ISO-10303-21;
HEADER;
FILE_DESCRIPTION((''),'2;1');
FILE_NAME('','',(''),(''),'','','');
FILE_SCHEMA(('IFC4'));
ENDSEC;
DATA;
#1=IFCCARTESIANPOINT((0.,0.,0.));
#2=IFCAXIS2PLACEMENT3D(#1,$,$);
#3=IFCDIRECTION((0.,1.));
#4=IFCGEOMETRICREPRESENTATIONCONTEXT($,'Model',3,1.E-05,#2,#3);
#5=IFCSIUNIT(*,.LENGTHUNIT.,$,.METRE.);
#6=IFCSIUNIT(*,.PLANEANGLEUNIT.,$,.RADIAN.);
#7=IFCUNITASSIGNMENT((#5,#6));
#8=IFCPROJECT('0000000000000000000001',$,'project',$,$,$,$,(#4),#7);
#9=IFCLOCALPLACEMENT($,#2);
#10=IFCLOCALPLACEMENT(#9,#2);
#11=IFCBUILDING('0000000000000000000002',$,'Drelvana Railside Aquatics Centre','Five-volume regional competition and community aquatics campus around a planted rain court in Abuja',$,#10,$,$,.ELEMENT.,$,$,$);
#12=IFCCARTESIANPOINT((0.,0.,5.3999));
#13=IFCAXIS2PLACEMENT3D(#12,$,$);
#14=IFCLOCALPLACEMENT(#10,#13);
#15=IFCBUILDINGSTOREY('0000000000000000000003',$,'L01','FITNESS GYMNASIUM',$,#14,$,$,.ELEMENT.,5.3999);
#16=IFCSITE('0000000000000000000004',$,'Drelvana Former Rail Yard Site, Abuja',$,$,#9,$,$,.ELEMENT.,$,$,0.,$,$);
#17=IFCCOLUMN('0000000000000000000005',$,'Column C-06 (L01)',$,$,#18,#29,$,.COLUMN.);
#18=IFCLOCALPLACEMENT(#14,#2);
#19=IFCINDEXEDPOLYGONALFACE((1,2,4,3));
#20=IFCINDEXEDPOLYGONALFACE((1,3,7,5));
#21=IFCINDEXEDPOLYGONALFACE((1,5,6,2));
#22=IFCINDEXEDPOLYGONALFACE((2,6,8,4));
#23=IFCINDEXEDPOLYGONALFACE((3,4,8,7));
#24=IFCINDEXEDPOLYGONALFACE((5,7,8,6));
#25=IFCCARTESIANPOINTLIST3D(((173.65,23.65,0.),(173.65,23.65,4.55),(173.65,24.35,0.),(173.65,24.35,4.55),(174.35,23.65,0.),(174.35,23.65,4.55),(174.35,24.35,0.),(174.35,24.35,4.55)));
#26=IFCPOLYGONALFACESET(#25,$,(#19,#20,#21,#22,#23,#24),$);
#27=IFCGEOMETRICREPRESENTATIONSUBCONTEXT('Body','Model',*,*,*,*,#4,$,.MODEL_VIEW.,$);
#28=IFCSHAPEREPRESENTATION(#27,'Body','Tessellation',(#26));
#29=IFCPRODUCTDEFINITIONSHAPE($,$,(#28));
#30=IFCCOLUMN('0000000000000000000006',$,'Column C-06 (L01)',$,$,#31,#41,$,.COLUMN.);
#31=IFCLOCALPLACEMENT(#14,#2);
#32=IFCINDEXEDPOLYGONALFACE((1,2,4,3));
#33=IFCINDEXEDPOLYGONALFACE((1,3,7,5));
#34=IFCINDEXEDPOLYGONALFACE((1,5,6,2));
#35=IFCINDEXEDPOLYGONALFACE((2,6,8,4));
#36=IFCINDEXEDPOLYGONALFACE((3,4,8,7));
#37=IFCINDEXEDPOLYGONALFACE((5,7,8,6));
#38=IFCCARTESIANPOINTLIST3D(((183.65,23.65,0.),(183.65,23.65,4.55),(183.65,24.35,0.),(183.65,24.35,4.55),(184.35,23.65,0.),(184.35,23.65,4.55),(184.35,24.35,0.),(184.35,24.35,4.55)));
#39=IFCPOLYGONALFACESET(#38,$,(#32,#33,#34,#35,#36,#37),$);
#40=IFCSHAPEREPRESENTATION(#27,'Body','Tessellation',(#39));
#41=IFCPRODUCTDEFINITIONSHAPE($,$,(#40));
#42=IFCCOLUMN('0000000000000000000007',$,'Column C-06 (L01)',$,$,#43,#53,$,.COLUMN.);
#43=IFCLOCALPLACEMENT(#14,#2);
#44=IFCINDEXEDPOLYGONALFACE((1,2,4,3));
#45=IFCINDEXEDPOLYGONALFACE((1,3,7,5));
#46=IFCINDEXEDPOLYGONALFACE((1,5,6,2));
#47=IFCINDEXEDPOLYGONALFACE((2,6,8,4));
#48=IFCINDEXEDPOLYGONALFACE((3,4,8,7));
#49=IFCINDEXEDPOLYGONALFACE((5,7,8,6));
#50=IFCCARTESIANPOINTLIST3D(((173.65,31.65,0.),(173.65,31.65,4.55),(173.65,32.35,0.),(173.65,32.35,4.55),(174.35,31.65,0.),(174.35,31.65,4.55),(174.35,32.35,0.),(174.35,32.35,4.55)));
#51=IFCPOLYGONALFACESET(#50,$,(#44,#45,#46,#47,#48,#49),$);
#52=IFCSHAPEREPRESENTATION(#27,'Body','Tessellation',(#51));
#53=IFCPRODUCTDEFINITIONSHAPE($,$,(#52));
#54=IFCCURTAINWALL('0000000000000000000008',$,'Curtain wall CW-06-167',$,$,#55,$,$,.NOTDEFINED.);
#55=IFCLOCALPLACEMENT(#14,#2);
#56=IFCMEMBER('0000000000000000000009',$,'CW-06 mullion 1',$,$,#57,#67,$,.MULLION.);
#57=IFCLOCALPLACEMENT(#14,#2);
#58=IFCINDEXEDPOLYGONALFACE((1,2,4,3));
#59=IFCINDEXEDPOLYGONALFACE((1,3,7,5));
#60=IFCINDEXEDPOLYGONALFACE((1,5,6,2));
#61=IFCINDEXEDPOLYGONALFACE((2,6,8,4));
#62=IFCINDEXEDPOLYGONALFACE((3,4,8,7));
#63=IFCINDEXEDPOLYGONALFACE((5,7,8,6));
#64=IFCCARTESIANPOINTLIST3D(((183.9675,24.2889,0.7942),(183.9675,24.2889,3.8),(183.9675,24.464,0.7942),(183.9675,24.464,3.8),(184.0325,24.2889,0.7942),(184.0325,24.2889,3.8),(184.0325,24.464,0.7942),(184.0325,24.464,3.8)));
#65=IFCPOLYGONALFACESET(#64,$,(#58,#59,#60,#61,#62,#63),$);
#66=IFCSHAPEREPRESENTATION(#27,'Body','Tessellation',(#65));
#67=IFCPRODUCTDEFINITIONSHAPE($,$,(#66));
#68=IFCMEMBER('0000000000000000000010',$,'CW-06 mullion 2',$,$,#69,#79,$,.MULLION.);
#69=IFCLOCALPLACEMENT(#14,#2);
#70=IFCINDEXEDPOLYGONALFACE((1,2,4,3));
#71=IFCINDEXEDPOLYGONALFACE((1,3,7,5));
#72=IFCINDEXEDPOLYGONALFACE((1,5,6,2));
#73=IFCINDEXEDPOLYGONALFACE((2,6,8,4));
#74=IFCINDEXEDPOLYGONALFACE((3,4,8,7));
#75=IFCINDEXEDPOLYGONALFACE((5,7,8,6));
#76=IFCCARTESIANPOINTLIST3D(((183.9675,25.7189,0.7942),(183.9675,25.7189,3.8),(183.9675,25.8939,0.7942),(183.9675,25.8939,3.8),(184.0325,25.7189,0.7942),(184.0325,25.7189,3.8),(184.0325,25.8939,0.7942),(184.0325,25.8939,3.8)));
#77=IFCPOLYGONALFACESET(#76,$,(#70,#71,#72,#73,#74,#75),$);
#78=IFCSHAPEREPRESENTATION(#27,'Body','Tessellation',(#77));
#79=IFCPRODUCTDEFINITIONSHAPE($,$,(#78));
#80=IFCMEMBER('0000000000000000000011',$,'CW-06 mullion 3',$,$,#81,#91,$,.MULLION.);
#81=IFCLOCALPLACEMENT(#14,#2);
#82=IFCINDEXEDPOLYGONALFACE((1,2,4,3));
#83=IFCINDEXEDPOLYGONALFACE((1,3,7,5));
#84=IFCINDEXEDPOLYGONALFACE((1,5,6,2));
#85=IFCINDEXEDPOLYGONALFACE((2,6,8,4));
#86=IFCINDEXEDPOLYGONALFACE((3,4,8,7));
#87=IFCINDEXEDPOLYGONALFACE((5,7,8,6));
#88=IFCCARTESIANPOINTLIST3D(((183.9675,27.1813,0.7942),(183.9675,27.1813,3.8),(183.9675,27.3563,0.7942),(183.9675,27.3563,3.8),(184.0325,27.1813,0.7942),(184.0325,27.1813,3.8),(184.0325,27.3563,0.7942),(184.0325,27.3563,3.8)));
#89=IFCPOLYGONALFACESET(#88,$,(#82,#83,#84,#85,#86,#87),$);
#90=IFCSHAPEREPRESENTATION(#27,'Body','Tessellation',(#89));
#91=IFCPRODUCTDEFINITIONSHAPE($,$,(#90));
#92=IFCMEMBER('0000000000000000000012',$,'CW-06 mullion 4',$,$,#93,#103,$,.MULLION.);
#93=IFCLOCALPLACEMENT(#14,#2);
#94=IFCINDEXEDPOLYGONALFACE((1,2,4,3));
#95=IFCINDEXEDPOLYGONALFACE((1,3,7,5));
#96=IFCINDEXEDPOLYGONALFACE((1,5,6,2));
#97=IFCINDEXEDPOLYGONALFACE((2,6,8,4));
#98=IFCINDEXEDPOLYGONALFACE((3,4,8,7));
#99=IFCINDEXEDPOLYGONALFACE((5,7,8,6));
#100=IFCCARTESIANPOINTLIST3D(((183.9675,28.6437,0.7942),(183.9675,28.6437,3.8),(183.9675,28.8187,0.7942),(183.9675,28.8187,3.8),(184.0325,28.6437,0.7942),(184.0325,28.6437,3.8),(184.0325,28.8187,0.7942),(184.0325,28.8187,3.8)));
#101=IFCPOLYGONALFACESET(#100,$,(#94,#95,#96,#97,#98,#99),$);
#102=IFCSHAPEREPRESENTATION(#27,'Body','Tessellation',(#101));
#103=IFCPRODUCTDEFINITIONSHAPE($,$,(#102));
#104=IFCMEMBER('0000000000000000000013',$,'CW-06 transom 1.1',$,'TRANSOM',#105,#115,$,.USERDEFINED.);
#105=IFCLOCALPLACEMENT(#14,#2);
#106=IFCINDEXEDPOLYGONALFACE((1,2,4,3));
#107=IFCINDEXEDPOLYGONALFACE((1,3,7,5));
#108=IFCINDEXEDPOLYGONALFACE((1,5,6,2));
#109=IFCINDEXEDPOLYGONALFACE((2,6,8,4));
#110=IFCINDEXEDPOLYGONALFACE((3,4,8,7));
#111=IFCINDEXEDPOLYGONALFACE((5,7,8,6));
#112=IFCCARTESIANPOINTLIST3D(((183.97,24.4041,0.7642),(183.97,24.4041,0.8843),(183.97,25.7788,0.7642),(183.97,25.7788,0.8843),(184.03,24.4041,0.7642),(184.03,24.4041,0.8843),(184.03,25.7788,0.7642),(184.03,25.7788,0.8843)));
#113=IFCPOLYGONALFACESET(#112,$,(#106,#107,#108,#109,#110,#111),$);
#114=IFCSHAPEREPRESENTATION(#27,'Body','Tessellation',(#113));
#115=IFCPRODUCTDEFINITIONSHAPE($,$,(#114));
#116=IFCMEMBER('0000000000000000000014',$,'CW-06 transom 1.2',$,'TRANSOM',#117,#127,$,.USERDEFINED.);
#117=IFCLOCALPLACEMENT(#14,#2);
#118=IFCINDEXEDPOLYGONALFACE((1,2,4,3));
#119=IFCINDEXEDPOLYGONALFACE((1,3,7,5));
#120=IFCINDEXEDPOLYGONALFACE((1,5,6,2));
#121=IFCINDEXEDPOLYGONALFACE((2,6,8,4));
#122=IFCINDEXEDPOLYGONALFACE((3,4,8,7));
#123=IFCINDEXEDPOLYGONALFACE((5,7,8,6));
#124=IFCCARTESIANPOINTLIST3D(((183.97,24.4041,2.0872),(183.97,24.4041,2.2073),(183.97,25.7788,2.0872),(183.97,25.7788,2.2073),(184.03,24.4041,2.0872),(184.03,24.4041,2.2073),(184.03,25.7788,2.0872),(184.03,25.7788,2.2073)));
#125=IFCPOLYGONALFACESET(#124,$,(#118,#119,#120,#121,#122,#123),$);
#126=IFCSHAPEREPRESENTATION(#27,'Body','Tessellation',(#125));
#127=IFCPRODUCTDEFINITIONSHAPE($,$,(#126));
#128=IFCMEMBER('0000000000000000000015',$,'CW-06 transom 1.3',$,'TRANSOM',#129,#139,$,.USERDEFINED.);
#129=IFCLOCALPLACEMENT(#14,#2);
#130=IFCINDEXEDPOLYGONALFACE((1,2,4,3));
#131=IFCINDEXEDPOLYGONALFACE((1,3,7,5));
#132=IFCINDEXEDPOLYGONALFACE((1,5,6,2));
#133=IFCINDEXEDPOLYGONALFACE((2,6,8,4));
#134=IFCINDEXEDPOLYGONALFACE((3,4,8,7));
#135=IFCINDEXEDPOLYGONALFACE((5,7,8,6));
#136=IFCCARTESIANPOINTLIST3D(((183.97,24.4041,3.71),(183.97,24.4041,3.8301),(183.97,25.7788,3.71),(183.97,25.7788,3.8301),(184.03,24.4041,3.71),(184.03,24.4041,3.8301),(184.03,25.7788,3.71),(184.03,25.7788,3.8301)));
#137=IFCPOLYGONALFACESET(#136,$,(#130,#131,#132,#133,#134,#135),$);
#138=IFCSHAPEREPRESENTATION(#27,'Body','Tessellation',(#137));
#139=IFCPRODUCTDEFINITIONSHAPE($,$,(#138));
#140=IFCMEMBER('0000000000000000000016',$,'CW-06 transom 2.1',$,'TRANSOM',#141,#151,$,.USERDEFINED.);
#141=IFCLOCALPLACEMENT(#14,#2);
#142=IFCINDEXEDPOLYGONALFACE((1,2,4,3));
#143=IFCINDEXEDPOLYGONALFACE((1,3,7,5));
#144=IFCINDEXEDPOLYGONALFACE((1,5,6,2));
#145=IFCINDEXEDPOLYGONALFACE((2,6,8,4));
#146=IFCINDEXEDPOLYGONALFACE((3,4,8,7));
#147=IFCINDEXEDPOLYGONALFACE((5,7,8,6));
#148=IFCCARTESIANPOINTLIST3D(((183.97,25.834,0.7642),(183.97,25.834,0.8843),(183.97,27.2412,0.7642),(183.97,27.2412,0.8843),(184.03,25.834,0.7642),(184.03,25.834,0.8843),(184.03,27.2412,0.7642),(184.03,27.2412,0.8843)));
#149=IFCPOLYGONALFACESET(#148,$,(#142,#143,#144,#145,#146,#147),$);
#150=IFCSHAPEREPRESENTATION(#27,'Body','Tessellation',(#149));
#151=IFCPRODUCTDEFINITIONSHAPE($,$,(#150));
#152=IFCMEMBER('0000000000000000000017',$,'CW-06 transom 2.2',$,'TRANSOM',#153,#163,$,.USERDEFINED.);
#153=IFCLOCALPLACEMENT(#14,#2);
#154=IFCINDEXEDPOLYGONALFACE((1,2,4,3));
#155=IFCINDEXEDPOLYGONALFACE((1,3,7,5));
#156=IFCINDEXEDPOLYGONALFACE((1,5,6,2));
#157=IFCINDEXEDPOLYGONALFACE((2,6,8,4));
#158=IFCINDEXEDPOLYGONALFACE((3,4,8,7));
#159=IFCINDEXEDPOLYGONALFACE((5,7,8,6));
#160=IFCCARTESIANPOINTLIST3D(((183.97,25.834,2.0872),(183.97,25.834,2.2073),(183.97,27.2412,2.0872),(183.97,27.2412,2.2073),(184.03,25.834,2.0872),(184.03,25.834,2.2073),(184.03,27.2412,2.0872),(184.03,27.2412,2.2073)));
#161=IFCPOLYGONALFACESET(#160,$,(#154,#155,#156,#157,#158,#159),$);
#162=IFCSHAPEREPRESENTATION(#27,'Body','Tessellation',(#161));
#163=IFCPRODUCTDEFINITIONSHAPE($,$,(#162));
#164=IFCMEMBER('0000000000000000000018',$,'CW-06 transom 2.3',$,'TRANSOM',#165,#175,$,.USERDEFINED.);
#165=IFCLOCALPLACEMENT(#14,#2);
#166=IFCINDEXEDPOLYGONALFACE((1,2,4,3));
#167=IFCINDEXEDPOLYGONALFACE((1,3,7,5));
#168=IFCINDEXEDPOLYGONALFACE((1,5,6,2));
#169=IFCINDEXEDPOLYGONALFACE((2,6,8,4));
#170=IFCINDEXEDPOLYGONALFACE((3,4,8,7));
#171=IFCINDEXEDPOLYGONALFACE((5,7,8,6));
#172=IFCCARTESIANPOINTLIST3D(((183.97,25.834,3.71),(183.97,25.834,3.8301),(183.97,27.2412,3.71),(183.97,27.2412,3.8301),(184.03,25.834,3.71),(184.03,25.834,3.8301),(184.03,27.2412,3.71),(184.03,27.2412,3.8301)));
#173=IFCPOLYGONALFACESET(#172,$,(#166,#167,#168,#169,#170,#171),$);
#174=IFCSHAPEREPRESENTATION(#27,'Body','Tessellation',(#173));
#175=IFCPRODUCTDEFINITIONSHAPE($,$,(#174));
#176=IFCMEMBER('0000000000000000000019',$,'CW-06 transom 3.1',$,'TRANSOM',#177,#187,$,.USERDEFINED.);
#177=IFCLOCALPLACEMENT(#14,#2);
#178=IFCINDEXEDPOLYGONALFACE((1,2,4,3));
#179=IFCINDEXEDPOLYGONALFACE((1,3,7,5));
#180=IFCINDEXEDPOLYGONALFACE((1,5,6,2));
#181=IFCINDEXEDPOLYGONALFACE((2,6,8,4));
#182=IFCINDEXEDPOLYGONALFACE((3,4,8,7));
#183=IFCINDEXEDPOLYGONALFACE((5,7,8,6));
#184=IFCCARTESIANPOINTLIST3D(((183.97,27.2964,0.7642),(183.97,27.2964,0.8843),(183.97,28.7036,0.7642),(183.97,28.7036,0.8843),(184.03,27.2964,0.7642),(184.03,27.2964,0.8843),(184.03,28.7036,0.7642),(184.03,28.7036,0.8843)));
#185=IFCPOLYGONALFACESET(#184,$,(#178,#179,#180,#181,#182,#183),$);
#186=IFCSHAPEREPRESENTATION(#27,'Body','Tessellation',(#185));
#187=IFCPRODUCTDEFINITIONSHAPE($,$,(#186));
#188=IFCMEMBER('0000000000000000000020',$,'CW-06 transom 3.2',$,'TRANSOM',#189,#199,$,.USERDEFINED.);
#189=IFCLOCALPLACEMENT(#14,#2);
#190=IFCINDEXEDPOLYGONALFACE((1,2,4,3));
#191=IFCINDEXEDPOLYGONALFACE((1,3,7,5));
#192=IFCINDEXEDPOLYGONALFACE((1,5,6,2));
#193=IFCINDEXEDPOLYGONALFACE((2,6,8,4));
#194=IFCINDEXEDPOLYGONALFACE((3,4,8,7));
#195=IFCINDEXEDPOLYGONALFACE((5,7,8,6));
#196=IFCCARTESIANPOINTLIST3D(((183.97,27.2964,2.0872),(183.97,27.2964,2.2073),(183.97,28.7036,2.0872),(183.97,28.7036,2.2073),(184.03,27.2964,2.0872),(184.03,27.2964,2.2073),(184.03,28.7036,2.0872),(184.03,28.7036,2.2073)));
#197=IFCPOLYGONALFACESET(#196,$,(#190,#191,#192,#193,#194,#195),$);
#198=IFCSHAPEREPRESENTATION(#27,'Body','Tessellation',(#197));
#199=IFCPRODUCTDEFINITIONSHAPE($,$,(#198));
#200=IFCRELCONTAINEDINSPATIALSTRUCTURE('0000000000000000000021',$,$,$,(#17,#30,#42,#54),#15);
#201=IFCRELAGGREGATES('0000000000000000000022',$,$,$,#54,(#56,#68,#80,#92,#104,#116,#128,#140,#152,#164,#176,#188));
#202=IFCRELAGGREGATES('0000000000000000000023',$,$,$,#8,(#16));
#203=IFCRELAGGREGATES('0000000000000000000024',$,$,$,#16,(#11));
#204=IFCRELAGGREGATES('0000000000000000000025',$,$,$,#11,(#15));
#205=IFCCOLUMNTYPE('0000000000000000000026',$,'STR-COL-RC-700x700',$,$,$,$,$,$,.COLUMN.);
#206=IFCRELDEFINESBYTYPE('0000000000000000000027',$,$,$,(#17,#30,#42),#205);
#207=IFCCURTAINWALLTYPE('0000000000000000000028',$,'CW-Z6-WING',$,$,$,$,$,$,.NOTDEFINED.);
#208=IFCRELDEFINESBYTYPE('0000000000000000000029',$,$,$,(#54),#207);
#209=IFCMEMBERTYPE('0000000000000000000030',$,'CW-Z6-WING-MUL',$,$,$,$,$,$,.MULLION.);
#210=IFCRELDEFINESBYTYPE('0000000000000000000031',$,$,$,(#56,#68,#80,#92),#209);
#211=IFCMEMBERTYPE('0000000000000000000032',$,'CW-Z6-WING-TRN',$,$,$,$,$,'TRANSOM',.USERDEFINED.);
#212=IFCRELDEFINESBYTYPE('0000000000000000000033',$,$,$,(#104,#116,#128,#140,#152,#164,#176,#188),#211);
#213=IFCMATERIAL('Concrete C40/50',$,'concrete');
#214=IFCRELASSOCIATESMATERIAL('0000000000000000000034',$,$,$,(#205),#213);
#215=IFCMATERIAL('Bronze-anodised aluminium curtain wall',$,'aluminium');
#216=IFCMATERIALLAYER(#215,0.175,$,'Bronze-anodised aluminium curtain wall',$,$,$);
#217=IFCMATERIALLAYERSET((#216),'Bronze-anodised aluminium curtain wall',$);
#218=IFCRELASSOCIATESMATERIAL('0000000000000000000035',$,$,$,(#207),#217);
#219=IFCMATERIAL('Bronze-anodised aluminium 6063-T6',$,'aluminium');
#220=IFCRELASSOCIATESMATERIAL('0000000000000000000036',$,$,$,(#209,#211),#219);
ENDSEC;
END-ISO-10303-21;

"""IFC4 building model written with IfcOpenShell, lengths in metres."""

from ifc_helpers import new_model, si_unit, direction, frame, origin, origin_2d, place, context, subcontext, project, spatial, rectangle, extrude, material, layer, layer_set, material_profile, profile_set, type_object, element, aggregate, save


model = new_model("IFC4")

# Units and contexts
model_context = context("Model", 3, precision=1e-05, world=origin(), true_north=direction((0.0, 1.0)))
body_context = subcontext(model_context, "Body", "Model", "MODEL_VIEW")
ifc_project = project(units=[si_unit("LENGTHUNIT", "METRE"), si_unit("PLANEANGLEUNIT", "RADIAN")], contexts=[model_context])

# Site, building, storey
site_placement = place(None, origin())
site = spatial("IfcSite", under=ifc_project, at=site_placement, Name="Drelvana Former Rail Yard Site, Abuja", CompositionType="ELEMENT", RefElevation=0.0)
building_placement = place(site_placement, origin())
building = spatial("IfcBuilding", under=site, at=building_placement, Name="Drelvana Railside Aquatics Centre", Description="Five-volume regional competition and community aquatics campus around a planted rain court in Abuja", CompositionType="ELEMENT")
storey_placement = place(building_placement, frame((0.0, 0.0, 5.3999)))
storey = spatial("IfcBuildingStorey", under=building, at=storey_placement, Name="L01", Description="FITNESS GYMNASIUM", CompositionType="ELEMENT", Elevation=5.3999)

# Columns
ifc_material_1 = material(Name="Concrete C40/50", Category="concrete")
ifc_material_profile_1 = material_profile(ifc_material_1, rectangle(XDim=0.7, YDim=0.7, at=origin_2d()), Name="RC 700x700")
ifc_profile_set_1 = profile_set([ifc_material_profile_1], Name="Concrete C40/50")
column_type = type_object("IfcColumnType", Name="STR-COL-RC-700x700", PredefinedType="COLUMN", material=ifc_profile_set_1)
for number, where, z_axis, x_axis, name in (
    (1, (174.0, 24.0, 0.0), (0.0, 0.0, 1.0), (1.0, 0.0, 0.0), "Column C-06 (L01)"),
    (2, (184.0, 24.0, 0.0), (0.0, 0.0, 1.0), (1.0, 0.0, 0.0), "Column C-06 (L01)"),
    (3, (174.0, 32.0, 0.0), (0.0, 0.0, 1.0), (1.0, 0.0, 0.0), "Column C-06 (L01)"),
):
    element("IfcColumn", number, at=place(storey_placement, frame(where, z_axis=z_axis, x_axis=x_axis)), inside=storey, type_object=column_type, Name=name, PredefinedType="COLUMN", context=body_context, shape_type="SweptSolid", body=[
        extrude(rectangle(XDim=0.7, YDim=0.7, at=origin_2d()), origin(), (0.0, 0.0, 1.0), 4.55),
    ])

# Curtain wall, members
ifc_material_2 = material(Name="Bronze-anodised aluminium curtain wall", Category="aluminium")
ifc_layer_1 = layer(ifc_material_2, 0.175, Name="Bronze-anodised aluminium curtain wall")
ifc_layer_set_1 = layer_set([ifc_layer_1], Name="Bronze-anodised aluminium curtain wall")
curtain_wall_type = type_object("IfcCurtainWallType", Name="CW-Z6-WING", PredefinedType="NOTDEFINED", material=ifc_layer_set_1)
curtain_wall_placement = place(storey_placement, origin())
curtain_wall = element("IfcCurtainWall", 4, at=curtain_wall_placement, inside=storey, type_object=curtain_wall_type, Name="Curtain wall CW-06-167", PredefinedType="NOTDEFINED")
ifc_material_3 = material(Name="Bronze-anodised aluminium 6063-T6", Category="aluminium")
ifc_material_profile_2 = material_profile(ifc_material_3, rectangle(XDim=0.0649, YDim=0.175, at=origin_2d()), Name="ALU-M 65x175")
ifc_profile_set_2 = profile_set([ifc_material_profile_2], Name="Bronze-anodised aluminium 6063-T6")
member_type_1 = type_object("IfcMemberType", Name="CW-Z6-WING-MUL", PredefinedType="MULLION", material=ifc_profile_set_2)
member_1_placement = place(storey_placement, frame((184.0, 24.3765, 0.7942), z_axis=(0.0, 0.0, 1.0), x_axis=(-1.0, 0.0, 0.0)))
member_1 = element("IfcMember", 5, at=member_1_placement, type_object=member_type_1, Name="CW-06 mullion 1", PredefinedType="MULLION", context=body_context, shape_type="SweptSolid", body=[
    extrude(rectangle(XDim=0.0649, YDim=0.175, at=origin_2d()), origin(), (0.0, 0.0, 1.0), 3.0059),
])
member_2_placement = place(storey_placement, frame((184.0, 25.8064, 0.7942), z_axis=(0.0, 0.0, 1.0), x_axis=(-1.0, 0.0, 0.0)))
member_2 = element("IfcMember", 6, at=member_2_placement, type_object=member_type_1, Name="CW-06 mullion 2", PredefinedType="MULLION", context=body_context, shape_type="SweptSolid", body=[
    extrude(rectangle(XDim=0.0649, YDim=0.175, at=origin_2d()), origin(), (0.0, 0.0, 1.0), 3.0059),
])
member_3_placement = place(storey_placement, frame((184.0, 27.2688, 0.7942), z_axis=(0.0, 0.0, 1.0), x_axis=(-1.0, 0.0, 0.0)))
member_3 = element("IfcMember", 7, at=member_3_placement, type_object=member_type_1, Name="CW-06 mullion 3", PredefinedType="MULLION", context=body_context, shape_type="SweptSolid", body=[
    extrude(rectangle(XDim=0.0649, YDim=0.175, at=origin_2d()), origin(), (0.0, 0.0, 1.0), 3.0059),
])
member_4_placement = place(storey_placement, frame((184.0, 28.7312, 0.7942), z_axis=(0.0, 0.0, 1.0), x_axis=(-1.0, 0.0, 0.0)))
member_4 = element("IfcMember", 8, at=member_4_placement, type_object=member_type_1, Name="CW-06 mullion 4", PredefinedType="MULLION", context=body_context, shape_type="SweptSolid", body=[
    extrude(rectangle(XDim=0.0649, YDim=0.175, at=origin_2d()), origin(), (0.0, 0.0, 1.0), 3.0059),
])
ifc_material_profile_3 = material_profile(ifc_material_3, rectangle(XDim=0.1201, YDim=0.0601, at=origin_2d()), Name="ALU-T 60x120")
ifc_profile_set_3 = profile_set([ifc_material_profile_3], Name="Bronze-anodised aluminium 6063-T6")
member_type_2 = type_object("IfcMemberType", Name="CW-Z6-WING-TRN", ElementType="TRANSOM", PredefinedType="USERDEFINED", material=ifc_profile_set_3)
member_5_placement = place(storey_placement, frame((184.0, 24.4041, 0.8242), z_axis=(0.0, 1.0, 0.0), x_axis=(0.0, 0.0, 1.0)))
member_5 = element("IfcMember", 9, at=member_5_placement, type_object=member_type_2, Name="CW-06 transom 1.1", ObjectType="TRANSOM", PredefinedType="USERDEFINED", context=body_context, shape_type="SweptSolid", body=[
    extrude(rectangle(XDim=0.1201, YDim=0.0601, at=origin_2d()), origin(), (0.0, 0.0, 1.0), 1.3748),
])
member_6_placement = place(storey_placement, frame((184.0, 24.4041, 2.1472), z_axis=(0.0, 1.0, 0.0), x_axis=(0.0, 0.0, 1.0)))
member_6 = element("IfcMember", 10, at=member_6_placement, type_object=member_type_2, Name="CW-06 transom 1.2", ObjectType="TRANSOM", PredefinedType="USERDEFINED", context=body_context, shape_type="SweptSolid", body=[
    extrude(rectangle(XDim=0.1201, YDim=0.0601, at=origin_2d()), origin(), (0.0, 0.0, 1.0), 1.3748),
])
member_7_placement = place(storey_placement, frame((184.0, 24.4041, 3.77), z_axis=(0.0, 1.0, 0.0), x_axis=(0.0, 0.0, 1.0)))
member_7 = element("IfcMember", 11, at=member_7_placement, type_object=member_type_2, Name="CW-06 transom 1.3", ObjectType="TRANSOM", PredefinedType="USERDEFINED", context=body_context, shape_type="SweptSolid", body=[
    extrude(rectangle(XDim=0.1201, YDim=0.0601, at=origin_2d()), origin(), (0.0, 0.0, 1.0), 1.3748),
])
member_8_placement = place(storey_placement, frame((184.0, 25.834, 0.8242), z_axis=(0.0, 1.0, 0.0), x_axis=(0.0, 0.0, 1.0)))
member_8 = element("IfcMember", 12, at=member_8_placement, type_object=member_type_2, Name="CW-06 transom 2.1", ObjectType="TRANSOM", PredefinedType="USERDEFINED", context=body_context, shape_type="SweptSolid", body=[
    extrude(rectangle(XDim=0.1201, YDim=0.0601, at=origin_2d()), origin(), (0.0, 0.0, 1.0), 1.4072),
])
member_9_placement = place(storey_placement, frame((184.0, 25.834, 2.1472), z_axis=(0.0, 1.0, 0.0), x_axis=(0.0, 0.0, 1.0)))
member_9 = element("IfcMember", 13, at=member_9_placement, type_object=member_type_2, Name="CW-06 transom 2.2", ObjectType="TRANSOM", PredefinedType="USERDEFINED", context=body_context, shape_type="SweptSolid", body=[
    extrude(rectangle(XDim=0.1201, YDim=0.0601, at=origin_2d()), origin(), (0.0, 0.0, 1.0), 1.4072),
])
member_10_placement = place(storey_placement, frame((184.0, 25.834, 3.77), z_axis=(0.0, 1.0, 0.0), x_axis=(0.0, 0.0, 1.0)))
member_10 = element("IfcMember", 14, at=member_10_placement, type_object=member_type_2, Name="CW-06 transom 2.3", ObjectType="TRANSOM", PredefinedType="USERDEFINED", context=body_context, shape_type="SweptSolid", body=[
    extrude(rectangle(XDim=0.1201, YDim=0.0601, at=origin_2d()), origin(), (0.0, 0.0, 1.0), 1.4072),
])
member_11_placement = place(storey_placement, frame((184.0, 27.2964, 0.8242), z_axis=(0.0, 1.0, 0.0), x_axis=(0.0, 0.0, 1.0)))
member_11 = element("IfcMember", 15, at=member_11_placement, type_object=member_type_2, Name="CW-06 transom 3.1", ObjectType="TRANSOM", PredefinedType="USERDEFINED", context=body_context, shape_type="SweptSolid", body=[
    extrude(rectangle(XDim=0.1201, YDim=0.0601, at=origin_2d()), origin(), (0.0, 0.0, 1.0), 1.4072),
])
member_12_placement = place(storey_placement, frame((184.0, 27.2964, 2.1472), z_axis=(0.0, 1.0, 0.0), x_axis=(0.0, 0.0, 1.0)))
member_12 = element("IfcMember", 16, at=member_12_placement, type_object=member_type_2, Name="CW-06 transom 3.2", ObjectType="TRANSOM", PredefinedType="USERDEFINED", context=body_context, shape_type="SweptSolid", body=[
    extrude(rectangle(XDim=0.1201, YDim=0.0601, at=origin_2d()), origin(), (0.0, 0.0, 1.0), 1.4072),
])

aggregate(curtain_wall, [member_1, member_2, member_3, member_4, member_5, member_6, member_7, member_8, member_9, member_10, member_11, member_12])

save(model, "model.ifc")
